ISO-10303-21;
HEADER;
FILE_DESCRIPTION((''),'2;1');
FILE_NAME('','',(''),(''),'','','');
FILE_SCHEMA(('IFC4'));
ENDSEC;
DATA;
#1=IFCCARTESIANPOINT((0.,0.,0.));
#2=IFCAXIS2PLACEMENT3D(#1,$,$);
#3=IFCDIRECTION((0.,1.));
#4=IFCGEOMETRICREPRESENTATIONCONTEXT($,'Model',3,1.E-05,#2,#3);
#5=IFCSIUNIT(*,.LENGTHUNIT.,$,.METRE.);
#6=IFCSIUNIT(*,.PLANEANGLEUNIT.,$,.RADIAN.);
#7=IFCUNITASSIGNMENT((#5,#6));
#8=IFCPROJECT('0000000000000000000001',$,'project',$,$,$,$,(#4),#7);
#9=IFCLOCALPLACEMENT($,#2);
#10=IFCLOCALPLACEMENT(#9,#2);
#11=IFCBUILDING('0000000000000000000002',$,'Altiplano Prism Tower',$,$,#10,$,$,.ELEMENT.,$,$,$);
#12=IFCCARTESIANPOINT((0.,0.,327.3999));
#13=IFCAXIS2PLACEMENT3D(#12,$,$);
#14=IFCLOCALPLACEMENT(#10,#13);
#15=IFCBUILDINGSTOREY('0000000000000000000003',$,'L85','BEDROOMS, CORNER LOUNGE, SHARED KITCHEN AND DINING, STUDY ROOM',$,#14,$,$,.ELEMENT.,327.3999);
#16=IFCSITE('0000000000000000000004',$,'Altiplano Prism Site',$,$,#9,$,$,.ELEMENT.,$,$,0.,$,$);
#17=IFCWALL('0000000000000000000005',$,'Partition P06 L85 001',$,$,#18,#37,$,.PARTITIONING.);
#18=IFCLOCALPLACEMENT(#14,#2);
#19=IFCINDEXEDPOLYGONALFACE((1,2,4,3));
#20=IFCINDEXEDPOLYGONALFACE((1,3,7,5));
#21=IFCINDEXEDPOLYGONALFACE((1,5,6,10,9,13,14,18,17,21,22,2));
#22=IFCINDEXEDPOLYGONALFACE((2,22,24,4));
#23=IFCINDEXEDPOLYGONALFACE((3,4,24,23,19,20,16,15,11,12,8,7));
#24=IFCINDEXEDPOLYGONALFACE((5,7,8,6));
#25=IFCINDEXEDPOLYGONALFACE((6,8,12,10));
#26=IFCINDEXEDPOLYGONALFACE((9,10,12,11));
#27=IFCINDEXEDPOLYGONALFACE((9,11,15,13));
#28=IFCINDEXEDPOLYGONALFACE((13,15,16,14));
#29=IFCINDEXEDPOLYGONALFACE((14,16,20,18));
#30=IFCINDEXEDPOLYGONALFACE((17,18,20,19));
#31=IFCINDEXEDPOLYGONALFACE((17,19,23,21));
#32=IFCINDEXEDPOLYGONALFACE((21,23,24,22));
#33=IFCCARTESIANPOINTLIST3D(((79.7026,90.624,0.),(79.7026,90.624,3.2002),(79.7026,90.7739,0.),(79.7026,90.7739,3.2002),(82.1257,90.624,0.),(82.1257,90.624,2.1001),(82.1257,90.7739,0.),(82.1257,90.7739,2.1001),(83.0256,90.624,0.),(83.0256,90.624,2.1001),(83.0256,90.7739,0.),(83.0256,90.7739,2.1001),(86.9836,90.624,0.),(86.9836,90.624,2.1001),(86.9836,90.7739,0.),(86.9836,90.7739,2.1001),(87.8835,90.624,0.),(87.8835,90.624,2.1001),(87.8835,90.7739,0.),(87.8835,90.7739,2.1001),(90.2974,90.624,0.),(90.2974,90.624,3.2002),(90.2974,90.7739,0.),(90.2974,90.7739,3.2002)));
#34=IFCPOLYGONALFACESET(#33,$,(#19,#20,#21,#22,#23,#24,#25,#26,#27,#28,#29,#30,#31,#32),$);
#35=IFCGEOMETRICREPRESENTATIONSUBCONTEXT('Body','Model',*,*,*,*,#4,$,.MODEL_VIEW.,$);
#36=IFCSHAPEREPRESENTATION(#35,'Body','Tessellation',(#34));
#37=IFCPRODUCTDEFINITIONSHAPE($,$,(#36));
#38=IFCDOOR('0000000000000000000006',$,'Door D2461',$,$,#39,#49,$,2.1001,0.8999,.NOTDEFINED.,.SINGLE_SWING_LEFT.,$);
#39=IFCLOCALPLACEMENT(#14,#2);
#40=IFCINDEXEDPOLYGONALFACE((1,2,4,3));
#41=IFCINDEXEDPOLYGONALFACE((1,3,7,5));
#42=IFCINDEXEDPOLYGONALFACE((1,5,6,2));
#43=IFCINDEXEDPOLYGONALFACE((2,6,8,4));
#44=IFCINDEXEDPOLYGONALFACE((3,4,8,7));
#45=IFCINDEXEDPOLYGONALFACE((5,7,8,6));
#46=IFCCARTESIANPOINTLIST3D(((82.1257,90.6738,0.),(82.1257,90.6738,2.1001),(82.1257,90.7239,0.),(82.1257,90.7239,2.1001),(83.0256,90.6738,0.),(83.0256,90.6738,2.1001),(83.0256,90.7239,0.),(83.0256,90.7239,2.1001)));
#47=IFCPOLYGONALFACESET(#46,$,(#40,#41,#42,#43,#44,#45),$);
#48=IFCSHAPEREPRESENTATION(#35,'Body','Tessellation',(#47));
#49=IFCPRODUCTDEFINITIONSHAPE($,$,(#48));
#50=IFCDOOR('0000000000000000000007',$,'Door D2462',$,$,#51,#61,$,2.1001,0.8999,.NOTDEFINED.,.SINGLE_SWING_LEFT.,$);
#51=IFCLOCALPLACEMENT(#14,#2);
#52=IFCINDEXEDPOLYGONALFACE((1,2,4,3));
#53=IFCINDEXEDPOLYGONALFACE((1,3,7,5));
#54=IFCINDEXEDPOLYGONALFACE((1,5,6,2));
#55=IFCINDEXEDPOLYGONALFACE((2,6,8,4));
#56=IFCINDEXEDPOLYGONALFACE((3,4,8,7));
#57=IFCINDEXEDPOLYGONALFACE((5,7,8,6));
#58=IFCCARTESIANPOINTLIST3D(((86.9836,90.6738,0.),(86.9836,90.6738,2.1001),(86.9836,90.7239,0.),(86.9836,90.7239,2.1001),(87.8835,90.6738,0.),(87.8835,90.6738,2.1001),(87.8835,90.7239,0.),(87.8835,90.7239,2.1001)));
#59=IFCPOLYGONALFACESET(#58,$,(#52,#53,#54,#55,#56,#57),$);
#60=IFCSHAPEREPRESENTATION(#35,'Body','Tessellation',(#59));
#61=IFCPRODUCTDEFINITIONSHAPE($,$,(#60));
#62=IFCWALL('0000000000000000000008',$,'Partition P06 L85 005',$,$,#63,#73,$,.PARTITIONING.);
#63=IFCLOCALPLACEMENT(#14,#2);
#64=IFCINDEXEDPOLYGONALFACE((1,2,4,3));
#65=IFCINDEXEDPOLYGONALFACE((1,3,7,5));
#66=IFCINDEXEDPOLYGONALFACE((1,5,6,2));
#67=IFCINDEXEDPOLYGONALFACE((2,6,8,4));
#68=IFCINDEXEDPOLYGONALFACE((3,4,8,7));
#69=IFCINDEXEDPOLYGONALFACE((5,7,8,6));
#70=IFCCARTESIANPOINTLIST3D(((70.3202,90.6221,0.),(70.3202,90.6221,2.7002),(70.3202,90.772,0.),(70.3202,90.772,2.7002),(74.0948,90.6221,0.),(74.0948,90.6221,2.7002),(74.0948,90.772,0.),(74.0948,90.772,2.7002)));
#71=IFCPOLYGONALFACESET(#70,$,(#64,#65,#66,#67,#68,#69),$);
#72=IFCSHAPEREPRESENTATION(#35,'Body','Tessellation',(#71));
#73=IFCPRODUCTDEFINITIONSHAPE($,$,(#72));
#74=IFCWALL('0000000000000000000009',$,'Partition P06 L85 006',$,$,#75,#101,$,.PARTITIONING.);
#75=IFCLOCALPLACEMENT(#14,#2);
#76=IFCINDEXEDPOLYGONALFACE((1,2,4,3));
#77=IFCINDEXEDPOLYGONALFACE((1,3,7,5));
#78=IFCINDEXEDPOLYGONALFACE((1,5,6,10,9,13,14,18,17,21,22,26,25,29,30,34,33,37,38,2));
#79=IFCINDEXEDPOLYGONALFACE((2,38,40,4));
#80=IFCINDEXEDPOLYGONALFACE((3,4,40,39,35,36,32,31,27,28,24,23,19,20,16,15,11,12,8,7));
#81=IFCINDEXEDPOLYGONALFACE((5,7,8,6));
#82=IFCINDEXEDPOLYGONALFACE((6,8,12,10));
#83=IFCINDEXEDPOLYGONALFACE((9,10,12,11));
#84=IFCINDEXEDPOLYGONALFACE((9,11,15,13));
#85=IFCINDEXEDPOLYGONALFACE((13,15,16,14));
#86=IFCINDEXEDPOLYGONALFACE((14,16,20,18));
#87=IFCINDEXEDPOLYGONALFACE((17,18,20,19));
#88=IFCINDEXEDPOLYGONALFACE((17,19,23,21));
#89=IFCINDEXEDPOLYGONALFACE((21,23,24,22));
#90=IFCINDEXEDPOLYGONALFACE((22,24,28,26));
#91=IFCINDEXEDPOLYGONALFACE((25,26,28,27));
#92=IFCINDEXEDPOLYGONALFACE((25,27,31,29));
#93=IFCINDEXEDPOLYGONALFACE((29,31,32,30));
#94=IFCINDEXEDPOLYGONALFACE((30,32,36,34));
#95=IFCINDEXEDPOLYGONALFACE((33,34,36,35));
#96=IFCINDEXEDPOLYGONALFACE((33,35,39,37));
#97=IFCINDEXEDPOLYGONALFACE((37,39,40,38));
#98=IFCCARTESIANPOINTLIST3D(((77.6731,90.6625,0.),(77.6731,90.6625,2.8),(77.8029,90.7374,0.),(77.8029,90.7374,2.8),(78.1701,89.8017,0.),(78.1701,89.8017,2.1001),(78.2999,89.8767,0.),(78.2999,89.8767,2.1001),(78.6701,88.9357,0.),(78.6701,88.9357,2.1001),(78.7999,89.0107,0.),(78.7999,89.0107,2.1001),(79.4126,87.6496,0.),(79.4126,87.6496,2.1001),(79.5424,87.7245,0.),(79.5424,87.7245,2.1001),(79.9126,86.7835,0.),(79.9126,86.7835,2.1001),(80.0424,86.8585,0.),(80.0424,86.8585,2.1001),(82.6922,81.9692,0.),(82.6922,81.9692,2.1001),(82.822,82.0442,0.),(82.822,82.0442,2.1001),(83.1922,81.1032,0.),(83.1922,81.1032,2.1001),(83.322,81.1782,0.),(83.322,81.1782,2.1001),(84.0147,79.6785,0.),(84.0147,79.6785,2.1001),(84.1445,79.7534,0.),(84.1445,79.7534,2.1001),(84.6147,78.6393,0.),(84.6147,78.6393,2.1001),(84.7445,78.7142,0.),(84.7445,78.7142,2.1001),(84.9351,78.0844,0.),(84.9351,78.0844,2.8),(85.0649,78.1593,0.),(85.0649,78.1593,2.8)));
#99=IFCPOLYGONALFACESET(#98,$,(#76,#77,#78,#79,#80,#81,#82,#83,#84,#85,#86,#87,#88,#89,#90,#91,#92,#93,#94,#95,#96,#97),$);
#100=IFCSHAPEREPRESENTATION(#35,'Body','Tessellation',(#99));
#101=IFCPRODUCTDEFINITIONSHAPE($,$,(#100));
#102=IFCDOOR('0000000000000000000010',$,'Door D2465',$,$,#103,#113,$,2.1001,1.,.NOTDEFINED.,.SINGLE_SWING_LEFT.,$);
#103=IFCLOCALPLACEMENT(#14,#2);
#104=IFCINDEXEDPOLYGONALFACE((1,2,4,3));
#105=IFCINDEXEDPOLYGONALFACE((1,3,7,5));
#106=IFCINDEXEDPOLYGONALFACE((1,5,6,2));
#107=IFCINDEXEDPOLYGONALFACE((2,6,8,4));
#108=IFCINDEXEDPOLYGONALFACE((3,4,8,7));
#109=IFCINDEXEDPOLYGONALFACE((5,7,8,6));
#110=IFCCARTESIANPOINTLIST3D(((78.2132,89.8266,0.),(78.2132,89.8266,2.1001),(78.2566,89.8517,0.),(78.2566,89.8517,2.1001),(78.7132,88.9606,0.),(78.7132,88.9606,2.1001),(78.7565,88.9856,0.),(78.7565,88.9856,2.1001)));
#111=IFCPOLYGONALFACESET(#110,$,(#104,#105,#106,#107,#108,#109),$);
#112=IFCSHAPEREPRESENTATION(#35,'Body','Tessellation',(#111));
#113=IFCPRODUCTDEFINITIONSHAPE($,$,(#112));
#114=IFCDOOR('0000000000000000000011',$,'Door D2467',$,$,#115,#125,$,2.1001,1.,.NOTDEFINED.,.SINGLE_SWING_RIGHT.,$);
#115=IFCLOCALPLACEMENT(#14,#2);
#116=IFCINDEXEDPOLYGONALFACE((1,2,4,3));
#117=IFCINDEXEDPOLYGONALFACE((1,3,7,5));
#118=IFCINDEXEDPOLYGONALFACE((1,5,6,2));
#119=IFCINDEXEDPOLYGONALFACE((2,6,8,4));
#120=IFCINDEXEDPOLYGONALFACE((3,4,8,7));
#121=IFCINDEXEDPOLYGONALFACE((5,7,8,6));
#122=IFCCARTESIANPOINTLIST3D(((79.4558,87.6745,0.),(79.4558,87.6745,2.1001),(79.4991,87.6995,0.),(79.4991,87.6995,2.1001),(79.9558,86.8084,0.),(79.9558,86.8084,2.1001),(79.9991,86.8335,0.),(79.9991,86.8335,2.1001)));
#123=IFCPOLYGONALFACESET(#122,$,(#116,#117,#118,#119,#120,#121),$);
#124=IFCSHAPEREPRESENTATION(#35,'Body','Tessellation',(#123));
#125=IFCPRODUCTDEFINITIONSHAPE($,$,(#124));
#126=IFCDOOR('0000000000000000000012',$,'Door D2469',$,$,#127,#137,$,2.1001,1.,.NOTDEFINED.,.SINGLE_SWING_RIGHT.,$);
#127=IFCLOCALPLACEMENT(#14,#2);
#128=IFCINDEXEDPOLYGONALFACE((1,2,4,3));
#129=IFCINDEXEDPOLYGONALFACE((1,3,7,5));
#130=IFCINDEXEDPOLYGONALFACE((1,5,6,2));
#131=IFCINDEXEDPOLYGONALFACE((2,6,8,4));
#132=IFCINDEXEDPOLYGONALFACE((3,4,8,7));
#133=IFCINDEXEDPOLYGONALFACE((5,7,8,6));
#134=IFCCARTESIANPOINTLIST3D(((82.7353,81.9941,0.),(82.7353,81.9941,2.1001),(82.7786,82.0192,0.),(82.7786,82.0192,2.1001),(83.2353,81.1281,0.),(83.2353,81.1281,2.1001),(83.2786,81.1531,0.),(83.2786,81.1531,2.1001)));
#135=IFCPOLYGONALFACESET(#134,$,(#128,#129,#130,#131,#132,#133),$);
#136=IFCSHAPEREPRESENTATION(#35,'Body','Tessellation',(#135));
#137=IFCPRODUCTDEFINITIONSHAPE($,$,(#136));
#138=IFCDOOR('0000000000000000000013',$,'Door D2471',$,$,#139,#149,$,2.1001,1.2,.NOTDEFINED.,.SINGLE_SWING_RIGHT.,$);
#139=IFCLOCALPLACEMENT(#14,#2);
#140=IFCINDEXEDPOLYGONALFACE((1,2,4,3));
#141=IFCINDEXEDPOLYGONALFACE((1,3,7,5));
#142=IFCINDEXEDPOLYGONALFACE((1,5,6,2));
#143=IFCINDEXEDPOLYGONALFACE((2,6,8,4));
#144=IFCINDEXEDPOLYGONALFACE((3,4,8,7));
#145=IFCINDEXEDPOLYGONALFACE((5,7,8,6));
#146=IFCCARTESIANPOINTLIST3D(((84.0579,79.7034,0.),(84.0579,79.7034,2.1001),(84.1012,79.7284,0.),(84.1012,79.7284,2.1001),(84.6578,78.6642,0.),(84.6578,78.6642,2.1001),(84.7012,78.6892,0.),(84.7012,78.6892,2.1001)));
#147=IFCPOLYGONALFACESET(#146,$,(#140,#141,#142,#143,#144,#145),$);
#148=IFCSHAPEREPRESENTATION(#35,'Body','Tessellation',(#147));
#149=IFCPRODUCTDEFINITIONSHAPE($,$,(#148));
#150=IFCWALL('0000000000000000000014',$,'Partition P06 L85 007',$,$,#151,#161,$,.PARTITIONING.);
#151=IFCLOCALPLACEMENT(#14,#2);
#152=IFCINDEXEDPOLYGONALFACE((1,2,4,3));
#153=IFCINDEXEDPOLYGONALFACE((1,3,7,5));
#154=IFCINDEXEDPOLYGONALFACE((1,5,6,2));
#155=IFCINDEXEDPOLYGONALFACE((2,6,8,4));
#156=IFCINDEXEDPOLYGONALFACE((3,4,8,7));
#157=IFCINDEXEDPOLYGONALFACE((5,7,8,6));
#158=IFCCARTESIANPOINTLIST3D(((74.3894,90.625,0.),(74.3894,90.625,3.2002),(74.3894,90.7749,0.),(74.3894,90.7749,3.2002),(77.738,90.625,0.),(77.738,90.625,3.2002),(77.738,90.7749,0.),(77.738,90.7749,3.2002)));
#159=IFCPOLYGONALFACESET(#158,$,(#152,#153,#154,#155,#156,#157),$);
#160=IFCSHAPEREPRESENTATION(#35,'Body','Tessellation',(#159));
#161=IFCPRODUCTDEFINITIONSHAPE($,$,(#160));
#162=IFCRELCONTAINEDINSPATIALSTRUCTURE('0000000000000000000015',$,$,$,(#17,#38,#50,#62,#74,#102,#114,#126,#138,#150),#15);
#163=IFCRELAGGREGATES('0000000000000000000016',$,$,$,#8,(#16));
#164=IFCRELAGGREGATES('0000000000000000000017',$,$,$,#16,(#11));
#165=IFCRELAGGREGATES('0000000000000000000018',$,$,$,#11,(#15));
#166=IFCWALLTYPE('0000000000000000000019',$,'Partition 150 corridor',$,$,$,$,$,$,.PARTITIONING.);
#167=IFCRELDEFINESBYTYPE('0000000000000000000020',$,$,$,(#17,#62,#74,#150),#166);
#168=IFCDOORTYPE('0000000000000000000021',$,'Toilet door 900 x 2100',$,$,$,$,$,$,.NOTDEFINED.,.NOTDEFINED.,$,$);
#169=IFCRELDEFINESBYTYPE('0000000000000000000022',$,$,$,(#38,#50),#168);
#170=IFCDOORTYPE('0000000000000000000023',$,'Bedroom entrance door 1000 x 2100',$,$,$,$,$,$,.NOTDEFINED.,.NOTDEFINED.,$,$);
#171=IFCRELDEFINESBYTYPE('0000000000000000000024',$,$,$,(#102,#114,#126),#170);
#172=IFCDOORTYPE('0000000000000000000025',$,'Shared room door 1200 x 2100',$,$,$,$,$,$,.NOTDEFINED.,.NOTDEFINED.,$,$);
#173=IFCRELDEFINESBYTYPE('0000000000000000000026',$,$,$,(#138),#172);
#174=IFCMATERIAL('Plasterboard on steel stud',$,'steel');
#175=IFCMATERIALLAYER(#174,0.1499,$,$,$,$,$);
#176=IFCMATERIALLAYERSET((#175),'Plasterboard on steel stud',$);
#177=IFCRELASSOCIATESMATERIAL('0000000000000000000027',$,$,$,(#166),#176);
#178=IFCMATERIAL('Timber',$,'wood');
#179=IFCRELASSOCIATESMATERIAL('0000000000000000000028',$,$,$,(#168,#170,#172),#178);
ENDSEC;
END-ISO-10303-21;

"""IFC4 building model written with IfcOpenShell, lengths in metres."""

from ifc_helpers import new_model, si_unit, direction, frame, frame_2d, origin, place, context, subcontext, project, spatial, rectangle, extrude, material, layer, layer_set, type_object, element, fill, save


model = new_model("IFC4")

# Units and contexts
model_context = context("Model", 3, precision=1e-05, world=origin(), true_north=direction((0.0, 1.0)))
body_context = subcontext(model_context, "Body", "Model", "MODEL_VIEW")
ifc_project = project(units=[si_unit("LENGTHUNIT", "METRE"), si_unit("PLANEANGLEUNIT", "RADIAN")], contexts=[model_context])

# Site, building, storey
site_placement = place(None, origin())
site = spatial("IfcSite", under=ifc_project, at=site_placement, Name="Altiplano Prism Site", CompositionType="ELEMENT", RefElevation=0.0)
building_placement = place(site_placement, origin())
building = spatial("IfcBuilding", under=site, at=building_placement, Name="Altiplano Prism Tower", CompositionType="ELEMENT")
storey_placement = place(building_placement, frame((0.0, 0.0, 327.3999)))
storey = spatial("IfcBuildingStorey", under=building, at=storey_placement, Name="L85", Description="BEDROOMS, CORNER LOUNGE, SHARED KITCHEN AND DINING, STUDY ROOM", CompositionType="ELEMENT", Elevation=327.3999)

# Shared definitions
ifc_material_1 = material(Name="Plasterboard on steel stud", Category="steel")
ifc_material_2 = material(Name="Timber", Category="wood")

# Wall, openings, doors
ifc_layer_1 = layer(ifc_material_1, 0.1499)
ifc_layer_set_1 = layer_set([ifc_layer_1], Name="Plasterboard on steel stud")
wall_type_1 = type_object("IfcWallType", Name="Partition 150 corridor", PredefinedType="PARTITIONING", material=ifc_layer_set_1)
wall_1_placement = place(storey_placement, frame((79.7026, 90.699, 0.0), z_axis=(0.0, 0.0, 1.0), x_axis=(1.0, 0.0, 0.0)))
wall_1 = element("IfcWall", 1, at=wall_1_placement, inside=storey, type_object=wall_type_1, Name="Partition P06 L85 001", PredefinedType="PARTITIONING", context=body_context, shape_type="SweptSolid", body=[
    extrude(rectangle(XDim=10.5947, YDim=0.1499, at=frame_2d((5.2974, 0.0))), origin(), (0.0, 0.0, 1.0), 3.2002),
])
opening_1_placement = place(wall_1_placement, frame((2.4231, 0.0, 0.0)))
opening_1 = element("IfcOpeningElement", 2, at=opening_1_placement, cuts=wall_1, PredefinedType="OPENING", context=body_context, shape_type="SweptSolid", body=[
    extrude(rectangle(XDim=0.8999, YDim=2.1001, at=frame_2d((0.45, 1.05))), frame((0.0, 0.0854, 0.0), z_axis=(0.0, -1.0, 0.0), x_axis=(1.0, 0.0, 0.0)), (0.0, 0.0, 1.0), 0.1709),
])
opening_2_placement = place(wall_1_placement, frame((7.281, 0.0, 0.0)))
opening_2 = element("IfcOpeningElement", 3, at=opening_2_placement, cuts=wall_1, PredefinedType="OPENING", context=body_context, shape_type="SweptSolid", body=[
    extrude(rectangle(XDim=0.8999, YDim=2.1001, at=frame_2d((0.45, 1.05))), frame((0.0, 0.0854, 0.0), z_axis=(0.0, -1.0, 0.0), x_axis=(1.0, 0.0, 0.0)), (0.0, 0.0, 1.0), 0.1709),
])
door_type_1 = type_object("IfcDoorType", Name="Toilet door 900 x 2100", OperationType="NOTDEFINED", PredefinedType="NOTDEFINED", material=ifc_material_2)
door_1_placement = place(opening_1_placement, origin())
door_1 = element("IfcDoor", 4, at=door_1_placement, inside=storey, type_object=door_type_1, Name="Door D2461", OperationType="SINGLE_SWING_LEFT", OverallHeight=2.1001, OverallWidth=0.8999, PredefinedType="NOTDEFINED", context=body_context, shape_type="SweptSolid", body=[
    extrude(rectangle(XDim=0.8999, YDim=2.1001, at=frame_2d((0.45, 1.05))), frame((0.0, 0.0249, 0.0), z_axis=(0.0, -1.0, 0.0), x_axis=(1.0, 0.0, 0.0)), (0.0, 0.0, 1.0), 0.05),
])
fill(opening_1, door_1)
door_2_placement = place(opening_2_placement, origin())
door_2 = element("IfcDoor", 5, at=door_2_placement, inside=storey, type_object=door_type_1, Name="Door D2462", OperationType="SINGLE_SWING_LEFT", OverallHeight=2.1001, OverallWidth=0.8999, PredefinedType="NOTDEFINED", context=body_context, shape_type="SweptSolid", body=[
    extrude(rectangle(XDim=0.8999, YDim=2.1001, at=frame_2d((0.45, 1.05))), frame((0.0, 0.0249, 0.0), z_axis=(0.0, -1.0, 0.0), x_axis=(1.0, 0.0, 0.0)), (0.0, 0.0, 1.0), 0.05),
])
fill(opening_2, door_2)

# Wall
wall_2_placement = place(storey_placement, frame((70.3203, 90.697, 0.0), z_axis=(0.0, 0.0, 1.0), x_axis=(1.0, 0.0, 0.0)))
element("IfcWall", 6, at=wall_2_placement, inside=storey, type_object=wall_type_1, Name="Partition P06 L85 005", PredefinedType="PARTITIONING", context=body_context, shape_type="SweptSolid", body=[
    extrude(rectangle(XDim=3.7747, YDim=0.1499, at=frame_2d((1.8872, 0.0))), origin(), (0.0, 0.0, 1.0), 2.7002),
])

# Wall, openings, doors
wall_3_placement = place(storey_placement, frame((77.738, 90.7, 0.0), z_axis=(0.0, 0.0, 1.0), x_axis=(0.499999, -0.866026, 0.0)))
wall_3 = element("IfcWall", 7, at=wall_3_placement, inside=storey, type_object=wall_type_1, Name="Partition P06 L85 006", PredefinedType="PARTITIONING", context=body_context, shape_type="SweptSolid", body=[
    extrude(rectangle(XDim=14.5239, YDim=0.1499, at=frame_2d((7.262, 0.0))), origin(), (0.0, 0.0, 1.0), 2.8),
])
opening_3_placement = place(wall_3_placement, frame((0.9939, 0.0, 0.0)))
opening_3 = element("IfcOpeningElement", 8, at=opening_3_placement, cuts=wall_3, PredefinedType="OPENING", context=body_context, shape_type="SweptSolid", body=[
    extrude(rectangle(XDim=1.0, YDim=2.1001, at=frame_2d((0.5, 1.05))), frame((0.0, 0.0854, 0.0), z_axis=(0.0, -1.0, 0.0), x_axis=(1.0, 0.0, 0.0)), (0.0, 0.0, 1.0), 0.1709),
])
opening_4_placement = place(wall_3_placement, frame((3.479, 0.0, 0.0)))
opening_4 = element("IfcOpeningElement", 9, at=opening_4_placement, cuts=wall_3, PredefinedType="OPENING", context=body_context, shape_type="SweptSolid", body=[
    extrude(rectangle(XDim=1.0, YDim=2.1001, at=frame_2d((0.5, 1.05))), frame((0.0, 0.0854, 0.0), z_axis=(0.0, -1.0, 0.0), x_axis=(1.0, 0.0, 0.0)), (0.0, 0.0, 1.0), 0.1709),
])
opening_5_placement = place(wall_3_placement, frame((10.0381, 0.0, 0.0)))
opening_5 = element("IfcOpeningElement", 10, at=opening_5_placement, cuts=wall_3, PredefinedType="OPENING", context=body_context, shape_type="SweptSolid", body=[
    extrude(rectangle(XDim=1.0, YDim=2.1001, at=frame_2d((0.5, 1.05))), frame((0.0, 0.0854, 0.0), z_axis=(0.0, -1.0, 0.0), x_axis=(1.0, 0.0, 0.0)), (0.0, 0.0, 1.0), 0.1709),
])
opening_6_placement = place(wall_3_placement, frame((12.6831, 0.0, 0.0)))
opening_6 = element("IfcOpeningElement", 11, at=opening_6_placement, cuts=wall_3, PredefinedType="OPENING", context=body_context, shape_type="SweptSolid", body=[
    extrude(rectangle(XDim=1.2, YDim=2.1001, at=frame_2d((0.6001, 1.05))), frame((0.0, 0.0854, 0.0), z_axis=(0.0, -1.0, 0.0), x_axis=(1.0, 0.0, 0.0)), (0.0, 0.0, 1.0), 0.1709),
])
door_type_2 = type_object("IfcDoorType", Name="Bedroom entrance door 1000 x 2100", OperationType="NOTDEFINED", PredefinedType="NOTDEFINED", material=ifc_material_2)
door_3_placement = place(opening_3_placement, origin())
door_3 = element("IfcDoor", 12, at=door_3_placement, inside=storey, type_object=door_type_2, Name="Door D2465", OperationType="SINGLE_SWING_LEFT", OverallHeight=2.1001, OverallWidth=1.0, PredefinedType="NOTDEFINED", context=body_context, shape_type="SweptSolid", body=[
    extrude(rectangle(XDim=1.0, YDim=2.1001, at=frame_2d((0.5, 1.05))), frame((0.0, 0.0249, 0.0), z_axis=(0.0, -1.0, 0.0), x_axis=(1.0, 0.0, 0.0)), (0.0, 0.0, 1.0), 0.05),
])
fill(opening_3, door_3)
door_4_placement = place(opening_4_placement, origin())
door_4 = element("IfcDoor", 13, at=door_4_placement, inside=storey, type_object=door_type_2, Name="Door D2467", OperationType="SINGLE_SWING_RIGHT", OverallHeight=2.1001, OverallWidth=1.0, PredefinedType="NOTDEFINED", context=body_context, shape_type="SweptSolid", body=[
    extrude(rectangle(XDim=1.0, YDim=2.1001, at=frame_2d((0.5, 1.05))), frame((0.0, 0.0249, 0.0), z_axis=(0.0, -1.0, 0.0), x_axis=(1.0, 0.0, 0.0)), (0.0, 0.0, 1.0), 0.05),
])
fill(opening_4, door_4)
door_5_placement = place(opening_5_placement, origin())
door_5 = element("IfcDoor", 14, at=door_5_placement, inside=storey, type_object=door_type_2, Name="Door D2469", OperationType="SINGLE_SWING_RIGHT", OverallHeight=2.1001, OverallWidth=1.0, PredefinedType="NOTDEFINED", context=body_context, shape_type="SweptSolid", body=[
    extrude(rectangle(XDim=1.0, YDim=2.1001, at=frame_2d((0.5, 1.05))), frame((0.0, 0.0249, 0.0), z_axis=(0.0, -1.0, 0.0), x_axis=(1.0, 0.0, 0.0)), (0.0, 0.0, 1.0), 0.05),
])
fill(opening_5, door_5)
door_type_3 = type_object("IfcDoorType", Name="Shared room door 1200 x 2100", OperationType="NOTDEFINED", PredefinedType="NOTDEFINED", material=ifc_material_2)
door_6_placement = place(opening_6_placement, origin())
door_6 = element("IfcDoor", 15, at=door_6_placement, inside=storey, type_object=door_type_3, Name="Door D2471", OperationType="SINGLE_SWING_RIGHT", OverallHeight=2.1001, OverallWidth=1.2, PredefinedType="NOTDEFINED", context=body_context, shape_type="SweptSolid", body=[
    extrude(rectangle(XDim=1.2, YDim=2.1001, at=frame_2d((0.6001, 1.05))), frame((0.0, 0.0249, 0.0), z_axis=(0.0, -1.0, 0.0), x_axis=(1.0, 0.0, 0.0)), (0.0, 0.0, 1.0), 0.05),
])
fill(opening_6, door_6)

# Wall
wall_4_placement = place(storey_placement, frame((74.3894, 90.7, 0.0), z_axis=(0.0, 0.0, 1.0), x_axis=(1.0, 0.0, 0.0)))
element("IfcWall", 16, at=wall_4_placement, inside=storey, type_object=wall_type_1, Name="Partition P06 L85 007", PredefinedType="PARTITIONING", context=body_context, shape_type="SweptSolid", body=[
    extrude(rectangle(XDim=3.3486, YDim=0.1499, at=frame_2d((1.6743, 0.0))), origin(), (0.0, 0.0, 1.0), 3.2002),
])

save(model, "model.ifc")
